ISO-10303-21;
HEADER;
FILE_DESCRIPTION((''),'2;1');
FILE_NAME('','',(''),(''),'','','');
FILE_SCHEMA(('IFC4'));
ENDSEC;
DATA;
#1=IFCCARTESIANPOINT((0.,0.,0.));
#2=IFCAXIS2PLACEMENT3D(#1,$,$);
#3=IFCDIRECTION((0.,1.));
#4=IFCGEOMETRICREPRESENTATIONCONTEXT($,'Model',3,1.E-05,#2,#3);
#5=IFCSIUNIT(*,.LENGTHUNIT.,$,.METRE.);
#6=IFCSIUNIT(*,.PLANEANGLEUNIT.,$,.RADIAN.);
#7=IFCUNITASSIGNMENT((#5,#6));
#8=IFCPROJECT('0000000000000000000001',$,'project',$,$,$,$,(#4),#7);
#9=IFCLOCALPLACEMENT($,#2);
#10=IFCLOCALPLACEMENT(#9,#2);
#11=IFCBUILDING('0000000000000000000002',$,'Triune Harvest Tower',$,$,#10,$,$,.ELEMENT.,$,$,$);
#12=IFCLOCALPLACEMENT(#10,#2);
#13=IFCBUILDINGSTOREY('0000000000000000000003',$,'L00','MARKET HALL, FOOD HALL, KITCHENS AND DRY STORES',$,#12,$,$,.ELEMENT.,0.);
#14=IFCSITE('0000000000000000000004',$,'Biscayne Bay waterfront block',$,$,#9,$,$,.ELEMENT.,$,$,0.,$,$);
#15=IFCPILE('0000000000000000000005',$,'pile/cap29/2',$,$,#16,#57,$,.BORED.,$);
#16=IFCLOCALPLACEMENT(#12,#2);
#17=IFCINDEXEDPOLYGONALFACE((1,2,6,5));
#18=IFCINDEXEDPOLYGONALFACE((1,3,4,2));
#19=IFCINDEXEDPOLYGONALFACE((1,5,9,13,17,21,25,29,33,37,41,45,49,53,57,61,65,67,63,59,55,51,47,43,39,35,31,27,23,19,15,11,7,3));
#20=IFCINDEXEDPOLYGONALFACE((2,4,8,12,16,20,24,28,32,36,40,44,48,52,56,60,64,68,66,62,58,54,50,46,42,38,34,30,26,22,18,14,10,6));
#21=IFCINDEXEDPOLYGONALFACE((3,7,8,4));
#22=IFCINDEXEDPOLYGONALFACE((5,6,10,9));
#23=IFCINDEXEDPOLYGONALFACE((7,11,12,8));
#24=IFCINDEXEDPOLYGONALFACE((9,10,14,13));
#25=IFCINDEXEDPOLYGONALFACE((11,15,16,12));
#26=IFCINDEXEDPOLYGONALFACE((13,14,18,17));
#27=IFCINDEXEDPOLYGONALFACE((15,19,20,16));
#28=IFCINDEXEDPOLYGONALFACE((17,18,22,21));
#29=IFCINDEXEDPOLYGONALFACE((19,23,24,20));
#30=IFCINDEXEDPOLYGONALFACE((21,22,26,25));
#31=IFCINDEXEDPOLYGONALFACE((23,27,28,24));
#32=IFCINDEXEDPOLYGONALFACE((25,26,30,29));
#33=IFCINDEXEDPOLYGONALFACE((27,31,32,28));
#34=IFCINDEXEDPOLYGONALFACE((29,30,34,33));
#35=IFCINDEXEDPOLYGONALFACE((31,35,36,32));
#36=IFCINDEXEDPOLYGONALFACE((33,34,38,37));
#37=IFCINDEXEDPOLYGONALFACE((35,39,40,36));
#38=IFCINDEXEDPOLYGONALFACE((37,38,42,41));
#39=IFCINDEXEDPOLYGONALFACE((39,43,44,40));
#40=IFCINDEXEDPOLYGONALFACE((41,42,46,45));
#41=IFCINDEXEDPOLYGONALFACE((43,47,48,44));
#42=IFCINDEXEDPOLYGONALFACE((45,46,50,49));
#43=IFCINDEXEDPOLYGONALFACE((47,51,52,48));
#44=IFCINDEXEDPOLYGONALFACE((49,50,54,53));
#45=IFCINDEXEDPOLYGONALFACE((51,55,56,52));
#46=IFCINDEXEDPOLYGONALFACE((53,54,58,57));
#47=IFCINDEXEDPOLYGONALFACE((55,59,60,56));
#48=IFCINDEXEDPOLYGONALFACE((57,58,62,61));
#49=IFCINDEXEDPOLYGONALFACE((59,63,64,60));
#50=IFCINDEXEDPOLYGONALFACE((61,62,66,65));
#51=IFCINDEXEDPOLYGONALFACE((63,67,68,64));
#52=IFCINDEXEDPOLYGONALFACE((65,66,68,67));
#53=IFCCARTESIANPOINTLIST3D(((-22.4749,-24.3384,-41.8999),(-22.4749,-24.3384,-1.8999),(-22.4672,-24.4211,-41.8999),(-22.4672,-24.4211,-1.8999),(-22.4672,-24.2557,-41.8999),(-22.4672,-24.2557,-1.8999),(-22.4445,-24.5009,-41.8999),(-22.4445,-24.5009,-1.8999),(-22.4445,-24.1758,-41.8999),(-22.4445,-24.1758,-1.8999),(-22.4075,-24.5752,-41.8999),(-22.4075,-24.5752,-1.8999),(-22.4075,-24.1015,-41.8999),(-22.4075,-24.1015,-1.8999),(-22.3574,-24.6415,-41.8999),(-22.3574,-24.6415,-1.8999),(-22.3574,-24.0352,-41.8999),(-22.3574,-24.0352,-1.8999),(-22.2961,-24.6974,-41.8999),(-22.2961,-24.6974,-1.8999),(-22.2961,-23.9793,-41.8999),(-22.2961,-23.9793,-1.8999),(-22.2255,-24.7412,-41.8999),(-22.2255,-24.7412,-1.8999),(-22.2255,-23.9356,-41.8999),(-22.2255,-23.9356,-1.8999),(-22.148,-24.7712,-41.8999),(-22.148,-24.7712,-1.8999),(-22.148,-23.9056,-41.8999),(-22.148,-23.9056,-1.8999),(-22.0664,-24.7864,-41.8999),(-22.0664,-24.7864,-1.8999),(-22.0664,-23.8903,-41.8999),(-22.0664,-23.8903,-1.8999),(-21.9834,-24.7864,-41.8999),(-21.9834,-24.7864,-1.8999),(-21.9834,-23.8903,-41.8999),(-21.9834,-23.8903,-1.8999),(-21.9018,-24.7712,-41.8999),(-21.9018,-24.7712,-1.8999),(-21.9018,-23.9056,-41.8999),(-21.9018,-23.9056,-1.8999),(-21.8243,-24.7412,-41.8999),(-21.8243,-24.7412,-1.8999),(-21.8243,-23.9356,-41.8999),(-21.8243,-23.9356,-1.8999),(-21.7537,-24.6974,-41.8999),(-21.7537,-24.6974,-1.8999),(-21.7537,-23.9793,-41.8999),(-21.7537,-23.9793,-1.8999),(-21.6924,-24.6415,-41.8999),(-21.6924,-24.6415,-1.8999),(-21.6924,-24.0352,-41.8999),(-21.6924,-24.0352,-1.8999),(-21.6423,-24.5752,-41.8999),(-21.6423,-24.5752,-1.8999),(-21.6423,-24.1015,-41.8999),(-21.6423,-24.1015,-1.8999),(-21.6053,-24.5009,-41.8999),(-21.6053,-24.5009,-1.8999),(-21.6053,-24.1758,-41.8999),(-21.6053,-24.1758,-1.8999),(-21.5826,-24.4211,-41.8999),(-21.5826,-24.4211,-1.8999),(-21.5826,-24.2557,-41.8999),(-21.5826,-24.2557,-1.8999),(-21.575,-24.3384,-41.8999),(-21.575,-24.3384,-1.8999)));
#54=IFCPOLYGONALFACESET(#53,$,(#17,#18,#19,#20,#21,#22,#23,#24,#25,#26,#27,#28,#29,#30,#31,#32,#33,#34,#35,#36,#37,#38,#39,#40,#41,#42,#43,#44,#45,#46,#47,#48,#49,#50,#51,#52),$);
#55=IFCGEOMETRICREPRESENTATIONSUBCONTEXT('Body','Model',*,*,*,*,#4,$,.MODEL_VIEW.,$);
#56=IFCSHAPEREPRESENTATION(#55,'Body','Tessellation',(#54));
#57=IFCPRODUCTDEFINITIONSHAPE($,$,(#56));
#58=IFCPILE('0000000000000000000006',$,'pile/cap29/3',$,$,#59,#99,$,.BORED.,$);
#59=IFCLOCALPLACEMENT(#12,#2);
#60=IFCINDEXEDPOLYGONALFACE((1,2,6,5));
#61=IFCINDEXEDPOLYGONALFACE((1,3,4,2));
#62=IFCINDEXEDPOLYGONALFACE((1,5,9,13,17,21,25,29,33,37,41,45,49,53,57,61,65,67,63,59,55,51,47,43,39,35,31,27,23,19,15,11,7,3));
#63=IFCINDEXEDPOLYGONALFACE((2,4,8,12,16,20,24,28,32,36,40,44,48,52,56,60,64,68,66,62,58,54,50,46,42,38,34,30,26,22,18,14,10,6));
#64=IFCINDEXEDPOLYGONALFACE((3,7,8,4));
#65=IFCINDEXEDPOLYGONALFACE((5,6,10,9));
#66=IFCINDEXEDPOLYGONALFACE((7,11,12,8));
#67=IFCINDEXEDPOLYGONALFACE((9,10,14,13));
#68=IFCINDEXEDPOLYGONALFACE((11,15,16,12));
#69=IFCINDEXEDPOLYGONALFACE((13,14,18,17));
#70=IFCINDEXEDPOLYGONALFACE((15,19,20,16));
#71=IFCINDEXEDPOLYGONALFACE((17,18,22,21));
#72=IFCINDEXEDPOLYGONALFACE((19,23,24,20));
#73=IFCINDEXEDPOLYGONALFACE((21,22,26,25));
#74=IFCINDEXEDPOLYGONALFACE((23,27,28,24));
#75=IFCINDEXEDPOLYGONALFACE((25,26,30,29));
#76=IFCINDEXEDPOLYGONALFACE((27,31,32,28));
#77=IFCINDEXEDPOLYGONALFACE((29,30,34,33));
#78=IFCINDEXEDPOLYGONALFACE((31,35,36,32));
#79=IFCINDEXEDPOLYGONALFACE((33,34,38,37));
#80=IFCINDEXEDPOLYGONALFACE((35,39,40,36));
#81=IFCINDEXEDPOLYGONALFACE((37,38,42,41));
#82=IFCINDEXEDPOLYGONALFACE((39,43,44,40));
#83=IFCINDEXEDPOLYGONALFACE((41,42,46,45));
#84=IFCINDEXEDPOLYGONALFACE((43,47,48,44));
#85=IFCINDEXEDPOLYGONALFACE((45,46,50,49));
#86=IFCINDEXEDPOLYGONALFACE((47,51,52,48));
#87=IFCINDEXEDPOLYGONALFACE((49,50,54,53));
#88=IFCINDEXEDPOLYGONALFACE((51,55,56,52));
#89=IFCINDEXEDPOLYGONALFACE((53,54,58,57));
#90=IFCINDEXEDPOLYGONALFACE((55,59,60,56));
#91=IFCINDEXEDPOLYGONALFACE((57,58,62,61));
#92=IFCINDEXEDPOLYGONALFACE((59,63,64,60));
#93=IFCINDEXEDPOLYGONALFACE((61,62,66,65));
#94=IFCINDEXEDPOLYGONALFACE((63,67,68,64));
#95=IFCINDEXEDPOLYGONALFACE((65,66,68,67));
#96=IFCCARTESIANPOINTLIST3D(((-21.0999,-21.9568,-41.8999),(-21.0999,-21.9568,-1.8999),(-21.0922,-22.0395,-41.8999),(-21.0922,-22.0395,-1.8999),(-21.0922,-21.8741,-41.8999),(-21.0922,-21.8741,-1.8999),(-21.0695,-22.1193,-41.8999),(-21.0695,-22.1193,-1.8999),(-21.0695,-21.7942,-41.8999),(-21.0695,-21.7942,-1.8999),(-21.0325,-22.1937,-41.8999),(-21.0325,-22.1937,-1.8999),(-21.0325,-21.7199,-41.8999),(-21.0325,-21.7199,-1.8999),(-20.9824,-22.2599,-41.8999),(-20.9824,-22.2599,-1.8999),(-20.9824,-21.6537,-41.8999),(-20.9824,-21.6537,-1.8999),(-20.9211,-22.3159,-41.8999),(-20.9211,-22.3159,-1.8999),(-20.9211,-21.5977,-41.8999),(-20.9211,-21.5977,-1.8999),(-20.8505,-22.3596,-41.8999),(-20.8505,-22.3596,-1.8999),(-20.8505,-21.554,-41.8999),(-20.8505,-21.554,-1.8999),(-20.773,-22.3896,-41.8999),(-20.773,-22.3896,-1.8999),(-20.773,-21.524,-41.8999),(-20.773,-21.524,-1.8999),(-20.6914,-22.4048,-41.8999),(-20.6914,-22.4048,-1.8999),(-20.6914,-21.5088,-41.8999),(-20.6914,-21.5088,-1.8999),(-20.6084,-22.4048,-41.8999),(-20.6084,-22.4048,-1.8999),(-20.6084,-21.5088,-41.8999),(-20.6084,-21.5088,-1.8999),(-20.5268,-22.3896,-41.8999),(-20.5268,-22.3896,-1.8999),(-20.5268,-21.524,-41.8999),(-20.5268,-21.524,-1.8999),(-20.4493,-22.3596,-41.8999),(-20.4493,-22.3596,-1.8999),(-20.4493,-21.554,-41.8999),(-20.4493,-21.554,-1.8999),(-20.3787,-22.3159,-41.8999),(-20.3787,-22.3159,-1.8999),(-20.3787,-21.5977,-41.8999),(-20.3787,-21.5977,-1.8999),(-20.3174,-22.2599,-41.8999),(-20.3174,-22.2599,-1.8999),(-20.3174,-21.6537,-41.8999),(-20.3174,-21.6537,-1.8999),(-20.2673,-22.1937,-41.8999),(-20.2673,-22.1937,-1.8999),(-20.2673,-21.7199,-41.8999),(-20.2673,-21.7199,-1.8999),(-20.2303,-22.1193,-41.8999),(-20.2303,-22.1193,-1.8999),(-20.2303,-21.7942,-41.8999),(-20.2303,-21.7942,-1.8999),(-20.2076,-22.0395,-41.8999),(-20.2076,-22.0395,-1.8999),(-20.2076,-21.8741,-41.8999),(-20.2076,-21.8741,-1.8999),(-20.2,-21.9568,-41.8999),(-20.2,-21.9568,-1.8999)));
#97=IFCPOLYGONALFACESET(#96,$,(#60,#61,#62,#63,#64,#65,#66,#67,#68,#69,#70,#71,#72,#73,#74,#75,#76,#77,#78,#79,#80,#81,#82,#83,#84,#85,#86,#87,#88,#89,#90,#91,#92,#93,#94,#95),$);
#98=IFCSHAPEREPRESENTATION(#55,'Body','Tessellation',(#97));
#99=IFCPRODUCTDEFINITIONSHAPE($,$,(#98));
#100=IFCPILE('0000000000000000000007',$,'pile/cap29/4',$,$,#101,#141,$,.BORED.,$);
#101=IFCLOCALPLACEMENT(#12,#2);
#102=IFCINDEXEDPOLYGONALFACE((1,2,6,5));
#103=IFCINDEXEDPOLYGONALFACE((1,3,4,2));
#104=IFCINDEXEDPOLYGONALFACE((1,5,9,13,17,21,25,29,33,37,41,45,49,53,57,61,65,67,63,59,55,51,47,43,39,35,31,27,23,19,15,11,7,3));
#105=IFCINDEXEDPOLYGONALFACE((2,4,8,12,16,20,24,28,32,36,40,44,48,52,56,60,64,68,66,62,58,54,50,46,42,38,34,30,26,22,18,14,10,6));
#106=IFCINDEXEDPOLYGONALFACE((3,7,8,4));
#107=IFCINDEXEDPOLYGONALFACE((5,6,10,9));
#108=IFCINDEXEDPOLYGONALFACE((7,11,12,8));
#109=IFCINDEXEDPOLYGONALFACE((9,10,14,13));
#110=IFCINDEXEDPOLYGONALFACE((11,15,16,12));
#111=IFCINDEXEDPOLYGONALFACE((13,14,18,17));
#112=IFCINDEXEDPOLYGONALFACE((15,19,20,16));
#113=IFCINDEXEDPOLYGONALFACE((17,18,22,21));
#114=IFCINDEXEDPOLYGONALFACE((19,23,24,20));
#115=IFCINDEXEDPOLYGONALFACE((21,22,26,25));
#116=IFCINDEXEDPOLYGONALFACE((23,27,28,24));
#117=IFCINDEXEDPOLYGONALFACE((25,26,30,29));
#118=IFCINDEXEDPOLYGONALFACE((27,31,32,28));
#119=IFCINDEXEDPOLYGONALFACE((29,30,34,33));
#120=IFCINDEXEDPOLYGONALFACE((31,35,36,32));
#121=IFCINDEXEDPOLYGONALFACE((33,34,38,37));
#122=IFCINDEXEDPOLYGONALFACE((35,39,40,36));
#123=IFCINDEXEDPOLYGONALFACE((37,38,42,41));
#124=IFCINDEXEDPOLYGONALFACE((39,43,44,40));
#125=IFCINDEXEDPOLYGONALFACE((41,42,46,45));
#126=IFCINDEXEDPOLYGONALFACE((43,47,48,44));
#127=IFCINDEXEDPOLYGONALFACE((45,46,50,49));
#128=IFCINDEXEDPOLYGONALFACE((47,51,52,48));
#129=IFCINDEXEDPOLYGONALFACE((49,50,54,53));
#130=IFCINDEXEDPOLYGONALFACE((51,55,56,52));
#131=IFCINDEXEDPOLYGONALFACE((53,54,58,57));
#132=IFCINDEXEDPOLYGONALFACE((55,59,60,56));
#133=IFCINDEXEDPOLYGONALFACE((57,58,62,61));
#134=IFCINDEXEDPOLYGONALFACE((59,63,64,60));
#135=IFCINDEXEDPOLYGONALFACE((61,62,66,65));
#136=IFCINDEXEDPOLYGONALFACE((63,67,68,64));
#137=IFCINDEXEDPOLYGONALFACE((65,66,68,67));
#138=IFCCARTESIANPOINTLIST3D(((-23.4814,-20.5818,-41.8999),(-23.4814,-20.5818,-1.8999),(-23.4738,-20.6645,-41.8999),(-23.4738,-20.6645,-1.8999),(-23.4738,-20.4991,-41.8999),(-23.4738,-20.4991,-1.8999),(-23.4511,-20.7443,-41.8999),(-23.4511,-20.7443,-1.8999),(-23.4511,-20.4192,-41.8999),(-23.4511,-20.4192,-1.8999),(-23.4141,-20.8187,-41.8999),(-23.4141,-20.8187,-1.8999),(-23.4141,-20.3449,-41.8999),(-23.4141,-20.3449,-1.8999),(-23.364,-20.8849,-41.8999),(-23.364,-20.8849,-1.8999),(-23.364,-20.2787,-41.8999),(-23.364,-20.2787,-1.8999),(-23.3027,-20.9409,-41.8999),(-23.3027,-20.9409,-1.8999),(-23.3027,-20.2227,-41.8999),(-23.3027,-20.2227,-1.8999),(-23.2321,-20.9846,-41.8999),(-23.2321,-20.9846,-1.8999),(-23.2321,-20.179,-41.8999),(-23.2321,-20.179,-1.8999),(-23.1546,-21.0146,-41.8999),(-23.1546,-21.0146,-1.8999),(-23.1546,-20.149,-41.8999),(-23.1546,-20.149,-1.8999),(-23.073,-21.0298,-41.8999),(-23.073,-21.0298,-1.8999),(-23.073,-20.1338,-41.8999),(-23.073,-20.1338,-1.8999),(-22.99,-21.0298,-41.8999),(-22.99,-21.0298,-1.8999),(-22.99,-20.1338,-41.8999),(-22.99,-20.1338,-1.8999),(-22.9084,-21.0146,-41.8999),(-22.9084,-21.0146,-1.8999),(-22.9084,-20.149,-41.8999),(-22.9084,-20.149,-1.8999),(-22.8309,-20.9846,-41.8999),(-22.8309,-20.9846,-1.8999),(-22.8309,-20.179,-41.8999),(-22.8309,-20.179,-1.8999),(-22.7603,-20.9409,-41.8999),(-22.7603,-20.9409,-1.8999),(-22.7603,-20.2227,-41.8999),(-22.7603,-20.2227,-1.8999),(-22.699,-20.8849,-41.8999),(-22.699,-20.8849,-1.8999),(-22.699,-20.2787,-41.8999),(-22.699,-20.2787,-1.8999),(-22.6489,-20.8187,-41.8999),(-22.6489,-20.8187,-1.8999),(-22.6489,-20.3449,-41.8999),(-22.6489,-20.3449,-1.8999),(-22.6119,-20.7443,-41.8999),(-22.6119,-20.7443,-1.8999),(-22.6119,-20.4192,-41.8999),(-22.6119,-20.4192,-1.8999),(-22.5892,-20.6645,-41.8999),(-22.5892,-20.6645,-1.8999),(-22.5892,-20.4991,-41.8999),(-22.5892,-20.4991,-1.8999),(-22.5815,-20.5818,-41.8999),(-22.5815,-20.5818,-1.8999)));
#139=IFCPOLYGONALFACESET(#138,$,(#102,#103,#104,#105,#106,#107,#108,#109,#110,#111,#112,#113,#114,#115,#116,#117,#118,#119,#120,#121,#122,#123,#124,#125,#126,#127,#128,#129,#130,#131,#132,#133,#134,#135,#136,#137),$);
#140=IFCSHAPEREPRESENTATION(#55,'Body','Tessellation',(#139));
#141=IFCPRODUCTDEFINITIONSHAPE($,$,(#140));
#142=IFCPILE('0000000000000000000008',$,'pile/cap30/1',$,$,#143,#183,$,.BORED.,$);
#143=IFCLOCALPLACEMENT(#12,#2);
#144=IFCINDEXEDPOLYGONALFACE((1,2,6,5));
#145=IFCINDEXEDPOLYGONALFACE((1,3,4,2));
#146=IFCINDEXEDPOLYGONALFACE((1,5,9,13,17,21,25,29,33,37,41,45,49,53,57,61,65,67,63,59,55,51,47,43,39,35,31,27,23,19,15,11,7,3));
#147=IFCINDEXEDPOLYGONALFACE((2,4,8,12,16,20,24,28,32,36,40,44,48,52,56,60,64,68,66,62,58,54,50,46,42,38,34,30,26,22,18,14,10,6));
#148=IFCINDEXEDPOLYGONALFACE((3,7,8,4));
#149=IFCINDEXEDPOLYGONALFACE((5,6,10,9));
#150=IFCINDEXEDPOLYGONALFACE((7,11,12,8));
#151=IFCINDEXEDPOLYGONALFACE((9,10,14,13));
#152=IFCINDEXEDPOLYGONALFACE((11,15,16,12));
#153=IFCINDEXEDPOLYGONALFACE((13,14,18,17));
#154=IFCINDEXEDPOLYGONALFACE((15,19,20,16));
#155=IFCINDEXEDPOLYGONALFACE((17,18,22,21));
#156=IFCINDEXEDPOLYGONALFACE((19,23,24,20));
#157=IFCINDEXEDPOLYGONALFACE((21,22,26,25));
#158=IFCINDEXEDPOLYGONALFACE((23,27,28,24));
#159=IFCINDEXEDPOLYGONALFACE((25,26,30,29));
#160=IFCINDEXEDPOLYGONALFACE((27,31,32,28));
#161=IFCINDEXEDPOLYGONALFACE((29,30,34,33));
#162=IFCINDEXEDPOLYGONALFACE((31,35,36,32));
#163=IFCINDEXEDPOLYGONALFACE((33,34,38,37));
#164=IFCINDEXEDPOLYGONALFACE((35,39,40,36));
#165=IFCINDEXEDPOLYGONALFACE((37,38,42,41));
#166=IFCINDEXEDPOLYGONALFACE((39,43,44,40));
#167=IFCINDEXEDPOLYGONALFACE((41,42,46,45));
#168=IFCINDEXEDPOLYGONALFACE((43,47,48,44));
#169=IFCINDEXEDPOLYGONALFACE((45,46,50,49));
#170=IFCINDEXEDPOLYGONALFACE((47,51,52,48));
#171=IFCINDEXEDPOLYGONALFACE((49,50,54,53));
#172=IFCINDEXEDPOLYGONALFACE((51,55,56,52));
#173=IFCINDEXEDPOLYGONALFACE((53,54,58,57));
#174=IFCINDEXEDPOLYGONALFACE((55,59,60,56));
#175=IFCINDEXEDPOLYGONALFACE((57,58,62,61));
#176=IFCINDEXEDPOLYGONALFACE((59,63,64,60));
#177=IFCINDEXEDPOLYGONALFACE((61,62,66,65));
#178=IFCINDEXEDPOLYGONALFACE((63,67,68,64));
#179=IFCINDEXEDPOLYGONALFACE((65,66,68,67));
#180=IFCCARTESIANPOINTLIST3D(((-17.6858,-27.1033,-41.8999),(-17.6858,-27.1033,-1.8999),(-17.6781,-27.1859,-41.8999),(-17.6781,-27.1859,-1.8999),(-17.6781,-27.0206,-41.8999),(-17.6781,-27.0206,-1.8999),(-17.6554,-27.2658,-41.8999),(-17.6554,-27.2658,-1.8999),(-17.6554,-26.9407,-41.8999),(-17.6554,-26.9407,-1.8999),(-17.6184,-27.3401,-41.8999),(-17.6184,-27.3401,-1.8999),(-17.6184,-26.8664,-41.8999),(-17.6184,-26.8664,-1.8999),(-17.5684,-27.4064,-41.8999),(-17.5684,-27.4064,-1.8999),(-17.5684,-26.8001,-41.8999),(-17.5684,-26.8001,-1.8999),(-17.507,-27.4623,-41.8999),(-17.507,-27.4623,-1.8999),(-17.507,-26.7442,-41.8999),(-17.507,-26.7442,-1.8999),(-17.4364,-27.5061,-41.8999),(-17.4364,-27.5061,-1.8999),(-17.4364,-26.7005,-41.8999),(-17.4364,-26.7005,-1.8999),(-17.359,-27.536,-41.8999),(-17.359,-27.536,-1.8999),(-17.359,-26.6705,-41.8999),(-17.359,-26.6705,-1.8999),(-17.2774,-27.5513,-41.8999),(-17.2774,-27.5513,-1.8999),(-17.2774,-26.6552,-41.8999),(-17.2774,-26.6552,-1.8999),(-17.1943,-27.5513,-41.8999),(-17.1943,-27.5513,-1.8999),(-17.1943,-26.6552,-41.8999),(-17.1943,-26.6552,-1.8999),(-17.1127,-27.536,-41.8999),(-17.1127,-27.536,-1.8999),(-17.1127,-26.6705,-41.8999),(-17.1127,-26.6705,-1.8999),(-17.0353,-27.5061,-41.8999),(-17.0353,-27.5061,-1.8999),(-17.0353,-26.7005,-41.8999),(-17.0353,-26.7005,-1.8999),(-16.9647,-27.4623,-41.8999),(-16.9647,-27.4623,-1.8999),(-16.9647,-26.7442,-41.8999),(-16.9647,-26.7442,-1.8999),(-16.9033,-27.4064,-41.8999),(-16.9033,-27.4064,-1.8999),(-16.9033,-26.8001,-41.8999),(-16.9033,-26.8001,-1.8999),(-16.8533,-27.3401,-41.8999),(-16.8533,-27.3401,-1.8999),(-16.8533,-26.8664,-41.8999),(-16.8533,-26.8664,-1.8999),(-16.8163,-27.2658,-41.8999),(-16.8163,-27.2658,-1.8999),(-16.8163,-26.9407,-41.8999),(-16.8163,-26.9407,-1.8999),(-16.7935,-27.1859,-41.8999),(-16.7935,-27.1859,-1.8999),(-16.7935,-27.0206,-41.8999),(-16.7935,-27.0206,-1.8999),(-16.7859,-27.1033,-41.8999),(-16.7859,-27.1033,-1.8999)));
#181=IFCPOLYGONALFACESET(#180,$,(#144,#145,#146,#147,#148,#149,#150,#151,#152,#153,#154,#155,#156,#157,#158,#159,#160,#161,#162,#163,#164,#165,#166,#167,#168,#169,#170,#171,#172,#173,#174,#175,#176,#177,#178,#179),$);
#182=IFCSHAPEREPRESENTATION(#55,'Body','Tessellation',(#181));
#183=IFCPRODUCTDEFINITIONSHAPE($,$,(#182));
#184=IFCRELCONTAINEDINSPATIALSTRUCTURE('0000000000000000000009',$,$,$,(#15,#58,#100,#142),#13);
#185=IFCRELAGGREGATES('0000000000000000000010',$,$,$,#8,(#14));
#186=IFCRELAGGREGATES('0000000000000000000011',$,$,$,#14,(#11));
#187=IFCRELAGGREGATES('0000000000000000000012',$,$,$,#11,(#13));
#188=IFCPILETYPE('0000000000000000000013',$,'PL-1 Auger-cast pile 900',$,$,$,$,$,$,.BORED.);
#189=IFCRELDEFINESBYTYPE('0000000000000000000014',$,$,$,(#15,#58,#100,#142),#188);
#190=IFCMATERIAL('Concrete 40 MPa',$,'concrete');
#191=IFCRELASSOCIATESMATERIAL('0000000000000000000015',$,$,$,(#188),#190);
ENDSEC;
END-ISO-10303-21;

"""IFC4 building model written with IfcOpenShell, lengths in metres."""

from ifc_helpers import new_model, si_unit, direction, frame, origin, origin_2d, place, context, subcontext, project, spatial, circle, extrude, source, transform, mapped, material, material_profile, profile_set, type_object, element, save


model = new_model("IFC4")

# Units and contexts
model_context = context("Model", 3, precision=1e-05, world=origin(), true_north=direction((0.0, 1.0)))
body_context = subcontext(model_context, "Body", "Model", "MODEL_VIEW")
ifc_project = project(units=[si_unit("LENGTHUNIT", "METRE"), si_unit("PLANEANGLEUNIT", "RADIAN")], contexts=[model_context])

# Site, building, storey
site_placement = place(None, origin())
site = spatial("IfcSite", under=ifc_project, at=site_placement, Name="Biscayne Bay waterfront block", CompositionType="ELEMENT", RefElevation=0.0)
building_placement = place(site_placement, origin())
building = spatial("IfcBuilding", under=site, at=building_placement, Name="Triune Harvest Tower", CompositionType="ELEMENT")
storey_placement = place(building_placement, origin())
storey = spatial("IfcBuildingStorey", under=building, at=storey_placement, Name="L00", Description="MARKET HALL, FOOD HALL, KITCHENS AND DRY STORES", CompositionType="ELEMENT", Elevation=0.0)

# Piles
ifc_material_1 = material(Name="Concrete 40 MPa", Category="concrete")
ifc_material_profile_1 = material_profile(ifc_material_1, circle(Radius=0.45, at=origin_2d()), Name="Bored 900")
ifc_profile_set_1 = profile_set([ifc_material_profile_1], Name="Concrete 40 MPa")
pile_type = type_object("IfcPileType", Name="PL-1 Auger-cast pile 900", PredefinedType="BORED", material=ifc_profile_set_1)
shared_shape_1 = source(origin(), body_context, "Body", "SweptSolid", [
    extrude(circle(Radius=0.45, at=origin_2d()), origin(), (0.0, 0.0, 1.0), 40.0),
])
for number, where, z_axis, x_axis, name in (
    (1, (-22.0249, -24.3384, -1.8999), (0.0, 0.0, -1.0), (1.0, 0.0, 0.0), "pile/cap29/2"),
    (2, (-20.6499, -21.9568, -1.8999), (0.0, 0.0, -1.0), (1.0, 0.0, 0.0), "pile/cap29/3"),
    (3, (-23.0315, -20.5818, -1.8999), (0.0, 0.0, -1.0), (1.0, 0.0, 0.0), "pile/cap29/4"),
    (4, (-17.2358, -27.1033, -1.8999), (0.0, 0.0, -1.0), (1.0, 0.0, 0.0), "pile/cap30/1"),
):
    element("IfcPile", number, at=place(storey_placement, frame(where, z_axis=z_axis, x_axis=x_axis)), inside=storey, type_object=pile_type, Name=name, PredefinedType="BORED", context=body_context, shape_type="MappedRepresentation", body=[
        mapped(shared_shape_1, transform((0.0, 0.0, 0.0), scale=1.0)),
    ])

save(model, "model.ifc")
